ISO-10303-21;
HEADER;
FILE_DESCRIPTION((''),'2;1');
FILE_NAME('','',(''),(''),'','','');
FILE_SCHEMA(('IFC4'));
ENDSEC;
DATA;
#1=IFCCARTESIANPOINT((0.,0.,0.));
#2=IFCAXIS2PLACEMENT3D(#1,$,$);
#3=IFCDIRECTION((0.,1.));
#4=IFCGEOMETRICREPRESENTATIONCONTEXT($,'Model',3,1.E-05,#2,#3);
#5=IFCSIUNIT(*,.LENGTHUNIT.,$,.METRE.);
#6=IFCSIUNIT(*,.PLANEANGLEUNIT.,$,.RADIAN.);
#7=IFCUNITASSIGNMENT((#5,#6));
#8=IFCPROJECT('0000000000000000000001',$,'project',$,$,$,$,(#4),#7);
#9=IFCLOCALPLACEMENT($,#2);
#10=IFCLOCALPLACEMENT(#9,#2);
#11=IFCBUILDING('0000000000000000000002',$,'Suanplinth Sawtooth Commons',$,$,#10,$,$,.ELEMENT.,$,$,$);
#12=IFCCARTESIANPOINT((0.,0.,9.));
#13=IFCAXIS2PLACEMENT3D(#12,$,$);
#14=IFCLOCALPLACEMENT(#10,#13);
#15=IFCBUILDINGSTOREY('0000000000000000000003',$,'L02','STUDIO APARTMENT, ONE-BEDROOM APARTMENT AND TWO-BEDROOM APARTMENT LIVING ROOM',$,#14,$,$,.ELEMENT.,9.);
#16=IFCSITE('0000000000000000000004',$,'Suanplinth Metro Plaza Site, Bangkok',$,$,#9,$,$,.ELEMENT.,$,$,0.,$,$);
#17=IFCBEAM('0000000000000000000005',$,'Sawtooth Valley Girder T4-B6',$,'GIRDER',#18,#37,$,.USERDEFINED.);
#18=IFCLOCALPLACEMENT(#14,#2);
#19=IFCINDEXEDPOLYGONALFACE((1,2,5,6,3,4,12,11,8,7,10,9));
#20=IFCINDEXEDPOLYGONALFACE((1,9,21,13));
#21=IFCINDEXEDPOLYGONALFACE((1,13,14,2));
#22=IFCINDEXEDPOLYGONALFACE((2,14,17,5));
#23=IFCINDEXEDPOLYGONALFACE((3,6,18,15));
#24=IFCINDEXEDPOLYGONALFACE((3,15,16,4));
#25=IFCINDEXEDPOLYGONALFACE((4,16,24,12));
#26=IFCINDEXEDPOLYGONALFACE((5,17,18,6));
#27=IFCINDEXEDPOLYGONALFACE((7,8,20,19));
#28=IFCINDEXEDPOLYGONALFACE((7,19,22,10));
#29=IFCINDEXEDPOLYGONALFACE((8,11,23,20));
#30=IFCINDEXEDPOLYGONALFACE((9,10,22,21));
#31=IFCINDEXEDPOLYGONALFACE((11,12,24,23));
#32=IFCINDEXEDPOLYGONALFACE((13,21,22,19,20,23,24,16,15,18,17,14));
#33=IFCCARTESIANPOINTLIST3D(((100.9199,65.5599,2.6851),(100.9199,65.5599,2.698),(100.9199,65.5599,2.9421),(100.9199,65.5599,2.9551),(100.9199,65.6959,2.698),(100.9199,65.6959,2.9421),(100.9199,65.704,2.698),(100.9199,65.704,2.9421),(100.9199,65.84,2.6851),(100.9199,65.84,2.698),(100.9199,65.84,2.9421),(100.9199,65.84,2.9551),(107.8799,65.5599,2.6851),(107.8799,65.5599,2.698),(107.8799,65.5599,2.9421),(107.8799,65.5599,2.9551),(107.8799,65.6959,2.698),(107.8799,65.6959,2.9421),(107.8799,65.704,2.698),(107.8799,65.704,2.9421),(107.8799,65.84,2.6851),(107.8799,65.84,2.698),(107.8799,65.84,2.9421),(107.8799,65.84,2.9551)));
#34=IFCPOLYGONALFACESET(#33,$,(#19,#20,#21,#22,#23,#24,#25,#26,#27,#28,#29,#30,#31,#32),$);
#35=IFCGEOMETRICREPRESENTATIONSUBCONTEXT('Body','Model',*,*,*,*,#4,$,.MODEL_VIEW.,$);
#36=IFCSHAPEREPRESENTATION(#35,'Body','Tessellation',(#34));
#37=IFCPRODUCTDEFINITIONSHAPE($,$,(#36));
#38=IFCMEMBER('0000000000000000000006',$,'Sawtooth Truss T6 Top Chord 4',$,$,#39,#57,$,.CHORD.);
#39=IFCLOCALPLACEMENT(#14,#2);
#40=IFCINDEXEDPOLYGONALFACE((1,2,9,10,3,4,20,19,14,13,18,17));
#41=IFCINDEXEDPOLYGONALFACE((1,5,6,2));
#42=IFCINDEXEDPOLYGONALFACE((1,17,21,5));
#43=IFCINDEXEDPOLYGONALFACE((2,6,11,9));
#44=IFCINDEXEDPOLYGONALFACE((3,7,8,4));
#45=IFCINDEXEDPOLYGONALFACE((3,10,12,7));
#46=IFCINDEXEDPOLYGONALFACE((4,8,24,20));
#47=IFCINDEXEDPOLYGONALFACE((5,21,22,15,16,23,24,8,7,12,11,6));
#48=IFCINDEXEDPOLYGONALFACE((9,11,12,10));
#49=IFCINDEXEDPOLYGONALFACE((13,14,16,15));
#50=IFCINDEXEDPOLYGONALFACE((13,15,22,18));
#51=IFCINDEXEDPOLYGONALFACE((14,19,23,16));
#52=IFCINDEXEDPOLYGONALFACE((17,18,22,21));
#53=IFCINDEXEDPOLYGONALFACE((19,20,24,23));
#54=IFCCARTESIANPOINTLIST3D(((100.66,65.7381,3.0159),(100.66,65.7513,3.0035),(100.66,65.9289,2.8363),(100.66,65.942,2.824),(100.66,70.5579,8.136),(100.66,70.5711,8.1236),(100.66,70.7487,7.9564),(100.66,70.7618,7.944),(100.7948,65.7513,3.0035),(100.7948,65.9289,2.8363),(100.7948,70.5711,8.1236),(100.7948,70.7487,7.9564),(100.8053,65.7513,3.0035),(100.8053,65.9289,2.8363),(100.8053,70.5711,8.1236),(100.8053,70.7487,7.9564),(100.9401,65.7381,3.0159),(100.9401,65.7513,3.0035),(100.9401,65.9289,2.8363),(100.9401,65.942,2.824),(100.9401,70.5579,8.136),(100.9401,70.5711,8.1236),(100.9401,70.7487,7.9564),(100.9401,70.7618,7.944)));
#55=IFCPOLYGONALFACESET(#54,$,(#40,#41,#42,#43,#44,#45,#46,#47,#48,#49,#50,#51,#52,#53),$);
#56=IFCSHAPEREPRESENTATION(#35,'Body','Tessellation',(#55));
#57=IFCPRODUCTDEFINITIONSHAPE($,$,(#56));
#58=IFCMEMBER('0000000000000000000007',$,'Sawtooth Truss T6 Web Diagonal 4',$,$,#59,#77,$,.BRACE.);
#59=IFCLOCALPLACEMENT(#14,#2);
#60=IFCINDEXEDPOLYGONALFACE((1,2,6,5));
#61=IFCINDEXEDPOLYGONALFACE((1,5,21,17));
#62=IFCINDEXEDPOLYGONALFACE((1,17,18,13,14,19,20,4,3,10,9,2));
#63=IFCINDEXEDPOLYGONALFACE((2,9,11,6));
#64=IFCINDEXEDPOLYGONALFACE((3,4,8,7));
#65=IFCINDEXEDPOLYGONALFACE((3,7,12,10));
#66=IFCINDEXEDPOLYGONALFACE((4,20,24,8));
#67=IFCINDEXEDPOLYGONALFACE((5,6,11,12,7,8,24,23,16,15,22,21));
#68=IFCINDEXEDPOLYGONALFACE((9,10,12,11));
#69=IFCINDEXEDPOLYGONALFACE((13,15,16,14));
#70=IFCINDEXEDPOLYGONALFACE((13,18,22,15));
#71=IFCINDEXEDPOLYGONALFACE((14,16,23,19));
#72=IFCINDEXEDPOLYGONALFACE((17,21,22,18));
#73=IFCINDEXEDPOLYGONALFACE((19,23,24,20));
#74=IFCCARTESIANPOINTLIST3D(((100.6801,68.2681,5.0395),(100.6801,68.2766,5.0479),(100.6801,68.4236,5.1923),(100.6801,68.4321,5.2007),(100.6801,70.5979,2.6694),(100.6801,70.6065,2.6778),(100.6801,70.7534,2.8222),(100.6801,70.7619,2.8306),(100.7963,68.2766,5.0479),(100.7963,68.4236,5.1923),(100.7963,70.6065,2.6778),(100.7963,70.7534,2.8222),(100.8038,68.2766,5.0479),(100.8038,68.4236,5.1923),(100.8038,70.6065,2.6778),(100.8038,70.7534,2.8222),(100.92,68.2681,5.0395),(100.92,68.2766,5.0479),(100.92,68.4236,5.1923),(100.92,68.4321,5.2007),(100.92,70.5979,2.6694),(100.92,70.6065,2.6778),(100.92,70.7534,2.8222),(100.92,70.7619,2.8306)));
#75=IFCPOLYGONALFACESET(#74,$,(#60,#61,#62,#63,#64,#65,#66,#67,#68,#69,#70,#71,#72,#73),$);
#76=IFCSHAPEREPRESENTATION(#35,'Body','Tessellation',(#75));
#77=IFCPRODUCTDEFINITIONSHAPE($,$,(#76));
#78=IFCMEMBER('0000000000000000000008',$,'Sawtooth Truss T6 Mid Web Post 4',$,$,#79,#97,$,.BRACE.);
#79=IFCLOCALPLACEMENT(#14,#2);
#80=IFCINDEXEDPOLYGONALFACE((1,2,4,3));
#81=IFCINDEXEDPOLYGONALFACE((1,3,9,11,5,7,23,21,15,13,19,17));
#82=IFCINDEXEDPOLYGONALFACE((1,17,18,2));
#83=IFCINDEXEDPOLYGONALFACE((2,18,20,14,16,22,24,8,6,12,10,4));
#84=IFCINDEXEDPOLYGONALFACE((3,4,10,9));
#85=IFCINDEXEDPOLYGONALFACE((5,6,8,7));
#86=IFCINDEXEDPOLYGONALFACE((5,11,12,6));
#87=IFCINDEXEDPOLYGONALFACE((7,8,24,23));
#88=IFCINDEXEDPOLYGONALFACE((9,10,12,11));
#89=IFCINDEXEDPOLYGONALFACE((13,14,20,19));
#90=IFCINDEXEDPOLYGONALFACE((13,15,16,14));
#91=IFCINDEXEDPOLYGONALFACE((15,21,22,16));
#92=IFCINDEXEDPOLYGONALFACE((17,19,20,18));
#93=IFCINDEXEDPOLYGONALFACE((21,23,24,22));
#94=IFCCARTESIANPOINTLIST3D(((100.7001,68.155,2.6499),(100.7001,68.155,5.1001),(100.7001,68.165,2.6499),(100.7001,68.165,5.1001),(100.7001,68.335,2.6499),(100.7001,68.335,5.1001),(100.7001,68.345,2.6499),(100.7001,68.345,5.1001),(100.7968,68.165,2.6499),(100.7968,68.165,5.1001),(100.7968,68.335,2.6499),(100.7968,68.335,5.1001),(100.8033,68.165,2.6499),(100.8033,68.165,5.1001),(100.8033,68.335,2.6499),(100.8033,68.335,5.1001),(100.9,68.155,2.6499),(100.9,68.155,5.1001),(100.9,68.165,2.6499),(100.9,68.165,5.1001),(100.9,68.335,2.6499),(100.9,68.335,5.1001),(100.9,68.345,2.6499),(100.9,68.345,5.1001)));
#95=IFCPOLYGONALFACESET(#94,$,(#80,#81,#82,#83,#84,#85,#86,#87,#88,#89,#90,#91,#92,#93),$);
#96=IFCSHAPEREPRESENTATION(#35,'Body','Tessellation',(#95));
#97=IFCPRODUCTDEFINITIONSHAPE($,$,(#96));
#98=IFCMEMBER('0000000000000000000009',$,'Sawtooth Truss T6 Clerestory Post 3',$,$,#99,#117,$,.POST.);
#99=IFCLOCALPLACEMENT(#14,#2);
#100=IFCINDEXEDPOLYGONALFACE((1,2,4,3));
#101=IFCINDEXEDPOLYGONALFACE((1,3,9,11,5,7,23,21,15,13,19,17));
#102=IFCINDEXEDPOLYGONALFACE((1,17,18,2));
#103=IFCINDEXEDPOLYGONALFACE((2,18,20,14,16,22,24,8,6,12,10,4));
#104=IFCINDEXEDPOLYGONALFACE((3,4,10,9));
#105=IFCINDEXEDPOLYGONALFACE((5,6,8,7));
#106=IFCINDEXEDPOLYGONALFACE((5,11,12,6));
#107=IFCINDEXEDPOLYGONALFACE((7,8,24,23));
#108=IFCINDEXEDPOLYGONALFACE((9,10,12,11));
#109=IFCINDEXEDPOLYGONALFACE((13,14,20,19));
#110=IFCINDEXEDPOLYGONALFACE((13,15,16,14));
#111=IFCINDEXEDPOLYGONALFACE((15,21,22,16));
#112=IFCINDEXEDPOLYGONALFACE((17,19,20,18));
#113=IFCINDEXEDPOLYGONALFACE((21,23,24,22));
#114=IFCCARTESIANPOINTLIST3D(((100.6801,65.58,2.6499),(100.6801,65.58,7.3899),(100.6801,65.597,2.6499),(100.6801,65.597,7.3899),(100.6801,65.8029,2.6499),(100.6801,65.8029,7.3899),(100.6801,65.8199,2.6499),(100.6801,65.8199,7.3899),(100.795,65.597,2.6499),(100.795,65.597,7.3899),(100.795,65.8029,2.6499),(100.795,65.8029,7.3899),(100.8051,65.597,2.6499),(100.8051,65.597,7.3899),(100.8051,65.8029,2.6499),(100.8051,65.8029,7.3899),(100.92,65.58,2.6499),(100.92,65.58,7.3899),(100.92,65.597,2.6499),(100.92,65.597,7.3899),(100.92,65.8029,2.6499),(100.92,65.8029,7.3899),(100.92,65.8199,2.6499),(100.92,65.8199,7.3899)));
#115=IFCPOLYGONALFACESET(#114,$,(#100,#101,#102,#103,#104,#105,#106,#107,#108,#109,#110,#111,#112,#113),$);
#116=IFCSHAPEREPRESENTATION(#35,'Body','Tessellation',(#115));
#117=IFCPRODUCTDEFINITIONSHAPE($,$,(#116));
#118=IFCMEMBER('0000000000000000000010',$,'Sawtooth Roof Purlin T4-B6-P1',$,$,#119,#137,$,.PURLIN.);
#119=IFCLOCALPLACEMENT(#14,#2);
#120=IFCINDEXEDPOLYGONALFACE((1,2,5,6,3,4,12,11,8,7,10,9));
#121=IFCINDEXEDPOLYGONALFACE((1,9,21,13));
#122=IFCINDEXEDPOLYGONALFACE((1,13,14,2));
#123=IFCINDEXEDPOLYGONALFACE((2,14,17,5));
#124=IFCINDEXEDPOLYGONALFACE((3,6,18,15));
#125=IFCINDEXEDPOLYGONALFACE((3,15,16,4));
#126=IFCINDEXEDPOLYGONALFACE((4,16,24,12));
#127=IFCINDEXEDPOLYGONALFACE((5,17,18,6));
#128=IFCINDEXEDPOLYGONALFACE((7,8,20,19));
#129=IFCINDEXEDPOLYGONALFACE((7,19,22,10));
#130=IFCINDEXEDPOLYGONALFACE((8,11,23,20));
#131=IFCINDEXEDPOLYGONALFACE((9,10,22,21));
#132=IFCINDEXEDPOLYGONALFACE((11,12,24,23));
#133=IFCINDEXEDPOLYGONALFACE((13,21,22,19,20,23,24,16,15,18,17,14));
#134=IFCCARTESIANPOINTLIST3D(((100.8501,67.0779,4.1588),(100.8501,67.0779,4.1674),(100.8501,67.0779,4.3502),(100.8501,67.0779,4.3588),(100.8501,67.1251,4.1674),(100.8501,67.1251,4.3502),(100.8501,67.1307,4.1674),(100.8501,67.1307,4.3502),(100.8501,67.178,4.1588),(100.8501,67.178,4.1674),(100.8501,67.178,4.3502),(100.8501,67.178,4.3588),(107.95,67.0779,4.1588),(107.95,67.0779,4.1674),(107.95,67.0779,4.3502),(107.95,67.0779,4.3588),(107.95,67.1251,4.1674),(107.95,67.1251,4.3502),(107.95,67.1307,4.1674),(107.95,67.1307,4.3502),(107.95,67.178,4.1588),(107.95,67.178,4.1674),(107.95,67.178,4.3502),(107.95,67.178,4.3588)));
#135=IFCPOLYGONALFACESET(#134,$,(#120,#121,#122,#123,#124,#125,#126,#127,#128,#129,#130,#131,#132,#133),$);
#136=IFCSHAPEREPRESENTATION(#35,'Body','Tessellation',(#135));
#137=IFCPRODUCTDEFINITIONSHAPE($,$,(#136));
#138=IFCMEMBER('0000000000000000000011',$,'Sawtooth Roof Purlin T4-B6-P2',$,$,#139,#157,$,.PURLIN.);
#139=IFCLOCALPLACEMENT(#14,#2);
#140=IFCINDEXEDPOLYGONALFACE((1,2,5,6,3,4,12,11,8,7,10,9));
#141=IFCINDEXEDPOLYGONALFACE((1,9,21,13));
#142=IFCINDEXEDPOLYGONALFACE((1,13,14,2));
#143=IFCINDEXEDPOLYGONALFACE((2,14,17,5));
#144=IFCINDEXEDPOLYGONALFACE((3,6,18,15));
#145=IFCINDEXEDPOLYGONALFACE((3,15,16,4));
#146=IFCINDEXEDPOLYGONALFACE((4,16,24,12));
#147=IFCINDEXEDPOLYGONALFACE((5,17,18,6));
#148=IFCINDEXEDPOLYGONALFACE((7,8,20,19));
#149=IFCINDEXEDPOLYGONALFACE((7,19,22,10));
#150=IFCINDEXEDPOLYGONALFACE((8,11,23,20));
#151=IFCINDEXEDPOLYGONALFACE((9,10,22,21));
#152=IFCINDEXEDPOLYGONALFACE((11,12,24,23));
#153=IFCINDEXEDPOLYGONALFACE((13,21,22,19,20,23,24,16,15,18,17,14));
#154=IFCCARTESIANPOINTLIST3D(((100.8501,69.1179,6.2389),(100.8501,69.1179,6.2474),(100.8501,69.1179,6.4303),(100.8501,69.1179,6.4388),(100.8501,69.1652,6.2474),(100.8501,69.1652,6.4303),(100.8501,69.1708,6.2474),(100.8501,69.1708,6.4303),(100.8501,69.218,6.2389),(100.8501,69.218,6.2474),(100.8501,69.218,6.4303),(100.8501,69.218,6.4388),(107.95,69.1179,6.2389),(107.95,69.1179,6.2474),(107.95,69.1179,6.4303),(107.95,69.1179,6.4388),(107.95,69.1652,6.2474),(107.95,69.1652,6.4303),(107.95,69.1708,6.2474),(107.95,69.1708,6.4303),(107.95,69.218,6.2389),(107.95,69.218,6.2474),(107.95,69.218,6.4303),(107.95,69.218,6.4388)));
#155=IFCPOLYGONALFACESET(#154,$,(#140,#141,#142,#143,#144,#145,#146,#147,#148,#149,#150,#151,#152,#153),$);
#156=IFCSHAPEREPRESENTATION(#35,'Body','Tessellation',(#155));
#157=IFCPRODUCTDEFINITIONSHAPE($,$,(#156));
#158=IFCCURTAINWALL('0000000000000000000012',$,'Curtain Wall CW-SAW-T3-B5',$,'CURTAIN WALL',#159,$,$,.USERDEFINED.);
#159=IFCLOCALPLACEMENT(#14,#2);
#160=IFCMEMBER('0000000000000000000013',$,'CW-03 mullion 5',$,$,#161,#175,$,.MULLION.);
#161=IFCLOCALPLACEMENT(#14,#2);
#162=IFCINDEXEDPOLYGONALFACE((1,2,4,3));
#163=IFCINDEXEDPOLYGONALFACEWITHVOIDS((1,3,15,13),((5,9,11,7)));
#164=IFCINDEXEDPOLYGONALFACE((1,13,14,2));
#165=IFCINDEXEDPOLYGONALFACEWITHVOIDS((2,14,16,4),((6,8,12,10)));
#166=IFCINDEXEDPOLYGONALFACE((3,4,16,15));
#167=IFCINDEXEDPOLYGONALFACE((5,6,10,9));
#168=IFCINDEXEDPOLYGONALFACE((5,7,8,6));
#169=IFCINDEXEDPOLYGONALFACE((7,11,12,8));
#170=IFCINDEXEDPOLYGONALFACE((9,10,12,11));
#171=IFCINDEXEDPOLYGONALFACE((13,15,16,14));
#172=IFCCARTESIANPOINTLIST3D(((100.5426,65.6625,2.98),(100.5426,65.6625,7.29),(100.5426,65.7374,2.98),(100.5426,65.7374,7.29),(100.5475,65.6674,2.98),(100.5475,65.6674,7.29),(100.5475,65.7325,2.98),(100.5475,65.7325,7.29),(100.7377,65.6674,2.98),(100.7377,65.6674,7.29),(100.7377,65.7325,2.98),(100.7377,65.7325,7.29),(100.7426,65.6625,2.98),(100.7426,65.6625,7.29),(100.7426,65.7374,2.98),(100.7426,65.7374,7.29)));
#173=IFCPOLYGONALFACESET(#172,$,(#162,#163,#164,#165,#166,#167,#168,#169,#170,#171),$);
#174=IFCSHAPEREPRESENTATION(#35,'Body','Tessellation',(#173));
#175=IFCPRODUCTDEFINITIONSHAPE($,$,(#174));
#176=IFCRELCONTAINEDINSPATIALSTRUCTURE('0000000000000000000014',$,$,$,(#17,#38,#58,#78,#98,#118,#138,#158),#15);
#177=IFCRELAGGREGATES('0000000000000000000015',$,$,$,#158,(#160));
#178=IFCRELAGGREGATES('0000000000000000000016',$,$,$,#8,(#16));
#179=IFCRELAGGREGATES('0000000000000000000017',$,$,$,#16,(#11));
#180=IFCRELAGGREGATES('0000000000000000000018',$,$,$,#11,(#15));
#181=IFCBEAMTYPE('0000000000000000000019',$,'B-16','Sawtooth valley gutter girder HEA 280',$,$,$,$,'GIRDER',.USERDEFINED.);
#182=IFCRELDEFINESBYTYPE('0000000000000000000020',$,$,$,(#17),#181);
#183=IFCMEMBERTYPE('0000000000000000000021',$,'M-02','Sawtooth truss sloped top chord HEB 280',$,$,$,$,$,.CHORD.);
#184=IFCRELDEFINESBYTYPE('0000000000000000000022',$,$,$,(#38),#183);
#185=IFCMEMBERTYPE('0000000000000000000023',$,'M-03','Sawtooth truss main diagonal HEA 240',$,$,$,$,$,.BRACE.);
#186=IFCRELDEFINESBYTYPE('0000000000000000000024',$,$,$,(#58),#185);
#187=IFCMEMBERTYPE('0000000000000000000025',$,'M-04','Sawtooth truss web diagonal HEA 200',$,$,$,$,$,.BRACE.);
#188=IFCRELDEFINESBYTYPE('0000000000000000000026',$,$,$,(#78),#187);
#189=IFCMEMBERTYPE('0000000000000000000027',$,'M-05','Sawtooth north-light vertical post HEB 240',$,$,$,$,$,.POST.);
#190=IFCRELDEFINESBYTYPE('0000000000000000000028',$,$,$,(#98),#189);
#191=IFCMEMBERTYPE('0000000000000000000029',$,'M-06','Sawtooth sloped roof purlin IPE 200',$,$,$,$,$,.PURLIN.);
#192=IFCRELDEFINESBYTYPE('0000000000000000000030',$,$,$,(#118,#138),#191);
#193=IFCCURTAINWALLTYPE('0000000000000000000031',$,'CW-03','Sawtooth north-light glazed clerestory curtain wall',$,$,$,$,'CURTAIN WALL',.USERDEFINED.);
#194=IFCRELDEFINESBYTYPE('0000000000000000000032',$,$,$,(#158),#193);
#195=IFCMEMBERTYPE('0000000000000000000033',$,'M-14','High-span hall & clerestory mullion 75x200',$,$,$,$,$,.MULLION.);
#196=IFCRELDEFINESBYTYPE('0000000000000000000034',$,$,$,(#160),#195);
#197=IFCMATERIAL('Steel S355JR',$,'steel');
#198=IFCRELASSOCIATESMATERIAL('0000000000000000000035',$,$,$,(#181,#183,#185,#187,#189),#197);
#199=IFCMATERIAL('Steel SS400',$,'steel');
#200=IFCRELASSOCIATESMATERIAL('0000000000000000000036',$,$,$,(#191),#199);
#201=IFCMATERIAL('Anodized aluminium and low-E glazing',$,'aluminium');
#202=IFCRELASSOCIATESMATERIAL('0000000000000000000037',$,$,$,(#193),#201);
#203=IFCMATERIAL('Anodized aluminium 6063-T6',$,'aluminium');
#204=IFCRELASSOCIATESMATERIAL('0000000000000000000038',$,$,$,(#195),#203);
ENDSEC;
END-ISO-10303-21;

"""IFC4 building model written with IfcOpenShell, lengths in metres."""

from ifc_helpers import new_model, si_unit, direction, frame, origin, origin_2d, place, context, subcontext, project, spatial, hollow_rectangle, i_section, extrude, material, material_profile, profile_set, type_object, element, aggregate, save


model = new_model("IFC4")

# Units and contexts
model_context = context("Model", 3, precision=1e-05, world=origin(), true_north=direction((0.0, 1.0)))
body_context = subcontext(model_context, "Body", "Model", "MODEL_VIEW")
ifc_project = project(units=[si_unit("LENGTHUNIT", "METRE"), si_unit("PLANEANGLEUNIT", "RADIAN")], contexts=[model_context])

# Site, building, storey
site_placement = place(None, origin())
site = spatial("IfcSite", under=ifc_project, at=site_placement, Name="Suanplinth Metro Plaza Site, Bangkok", CompositionType="ELEMENT", RefElevation=0.0)
building_placement = place(site_placement, origin())
building = spatial("IfcBuilding", under=site, at=building_placement, Name="Suanplinth Sawtooth Commons", CompositionType="ELEMENT")
storey_placement = place(building_placement, frame((0.0, 0.0, 9.0)))
storey = spatial("IfcBuildingStorey", under=building, at=storey_placement, Name="L02", Description="STUDIO APARTMENT, ONE-BEDROOM APARTMENT AND TWO-BEDROOM APARTMENT LIVING ROOM", CompositionType="ELEMENT", Elevation=9.0)

# Beam
ifc_material_1 = material(Name="Steel S355JR", Category="steel")
ifc_material_profile_1 = material_profile(ifc_material_1, i_section(OverallWidth=0.28, OverallDepth=0.27, WebThickness=0.0081, FlangeThickness=0.0129, at=origin_2d()), Name="HEA 280")
ifc_profile_set_1 = profile_set([ifc_material_profile_1], Name="Steel S355JR")
beam_type = type_object("IfcBeamType", Name="B-16", Description="Sawtooth valley gutter girder HEA 280", ElementType="GIRDER", PredefinedType="USERDEFINED", material=ifc_profile_set_1)
beam_placement = place(storey_placement, frame((100.9199, 65.7, 2.8201), z_axis=(1.0, 0.0, 0.0), x_axis=(0.0, 1.0, 0.0)))
element("IfcBeam", 1, at=beam_placement, inside=storey, type_object=beam_type, Name="Sawtooth Valley Girder T4-B6", ObjectType="GIRDER", PredefinedType="USERDEFINED", context=body_context, shape_type="SweptSolid", body=[
    extrude(i_section(OverallWidth=0.28, OverallDepth=0.27, WebThickness=0.0081, FlangeThickness=0.0129, at=origin_2d()), origin(), (0.0, 0.0, 1.0), 6.96),
])

# Members
ifc_material_profile_2 = material_profile(ifc_material_1, i_section(OverallWidth=0.28, OverallDepth=0.28, WebThickness=0.0105, FlangeThickness=0.0181, at=origin_2d()), Name="HEB 280")
ifc_profile_set_2 = profile_set([ifc_material_profile_2], Name="Steel S355JR")
member_type_1 = type_object("IfcMemberType", Name="M-02", Description="Sawtooth truss sloped top chord HEB 280", PredefinedType="CHORD", material=ifc_profile_set_2)
member_1_placement = place(storey_placement, frame((100.8, 65.8401, 2.9199), z_axis=(0.0, 0.685432, 0.728137), x_axis=(-1.0, 0.0, 0.0)))
element("IfcMember", 2, at=member_1_placement, inside=storey, type_object=member_type_1, Name="Sawtooth Truss T6 Top Chord 4", PredefinedType="CHORD", context=body_context, shape_type="SweptSolid", body=[
    extrude(i_section(OverallWidth=0.28, OverallDepth=0.28, WebThickness=0.0105, FlangeThickness=0.0181, at=origin_2d()), origin(), (0.0, 0.0, 1.0), 7.0317),
])
ifc_material_profile_3 = material_profile(ifc_material_1, i_section(OverallWidth=0.24, OverallDepth=0.23, WebThickness=0.0076, FlangeThickness=0.012, at=origin_2d()), Name="HEA 240")
ifc_profile_set_3 = profile_set([ifc_material_profile_3], Name="Steel S355JR")
member_type_2 = type_object("IfcMemberType", Name="M-03", Description="Sawtooth truss main diagonal HEA 240", PredefinedType="BRACE", material=ifc_profile_set_3)
member_2_placement = place(storey_placement, frame((100.8, 68.3501, 5.1201), z_axis=(0.0, 0.70102, -0.713141), x_axis=(-1.0, 0.0, 0.0)))
element("IfcMember", 3, at=member_2_placement, inside=storey, type_object=member_type_2, Name="Sawtooth Truss T6 Web Diagonal 4", PredefinedType="BRACE", context=body_context, shape_type="SweptSolid", body=[
    extrude(i_section(OverallWidth=0.24, OverallDepth=0.23, WebThickness=0.0076, FlangeThickness=0.012, at=origin_2d()), origin(), (0.0, 0.0, 1.0), 3.3235),
])
ifc_material_profile_4 = material_profile(ifc_material_1, i_section(OverallWidth=0.2, OverallDepth=0.1899, WebThickness=0.0066, FlangeThickness=0.01, at=origin_2d()), Name="HEA 200")
ifc_profile_set_4 = profile_set([ifc_material_profile_4], Name="Steel S355JR")
member_type_3 = type_object("IfcMemberType", Name="M-04", Description="Sawtooth truss web diagonal HEA 200", PredefinedType="BRACE", material=ifc_profile_set_4)
member_3_placement = place(storey_placement, frame((100.8, 68.25, 2.6499), z_axis=(0.0, 0.0, 1.0), x_axis=(1.0, 0.0, 0.0)))
element("IfcMember", 4, at=member_3_placement, inside=storey, type_object=member_type_3, Name="Sawtooth Truss T6 Mid Web Post 4", PredefinedType="BRACE", context=body_context, shape_type="SweptSolid", body=[
    extrude(i_section(OverallWidth=0.2, OverallDepth=0.1899, WebThickness=0.0066, FlangeThickness=0.01, at=origin_2d()), origin(), (0.0, 0.0, 1.0), 2.4502),
])
ifc_material_profile_5 = material_profile(ifc_material_1, i_section(OverallWidth=0.24, OverallDepth=0.24, WebThickness=0.01, FlangeThickness=0.0171, at=origin_2d()), Name="HEB 240")
ifc_profile_set_5 = profile_set([ifc_material_profile_5], Name="Steel S355JR")
member_type_4 = type_object("IfcMemberType", Name="M-05", Description="Sawtooth north-light vertical post HEB 240", PredefinedType="POST", material=ifc_profile_set_5)
member_4_placement = place(storey_placement, frame((100.8, 65.7, 2.6499), z_axis=(0.0, 0.0, 1.0), x_axis=(1.0, 0.0, 0.0)))
element("IfcMember", 5, at=member_4_placement, inside=storey, type_object=member_type_4, Name="Sawtooth Truss T6 Clerestory Post 3", PredefinedType="POST", context=body_context, shape_type="SweptSolid", body=[
    extrude(i_section(OverallWidth=0.24, OverallDepth=0.24, WebThickness=0.01, FlangeThickness=0.0171, at=origin_2d()), origin(), (0.0, 0.0, 1.0), 4.74),
])
ifc_material_2 = material(Name="Steel SS400", Category="steel")
ifc_material_profile_6 = material_profile(ifc_material_2, i_section(OverallWidth=0.1001, OverallDepth=0.2, WebThickness=0.0056, FlangeThickness=0.0085, at=origin_2d()), Name="IPE 200")
ifc_profile_set_6 = profile_set([ifc_material_profile_6], Name="Steel SS400")
member_type_5 = type_object("IfcMemberType", Name="M-06", Description="Sawtooth sloped roof purlin IPE 200", PredefinedType="PURLIN", material=ifc_profile_set_6)
for number, where, z_axis, x_axis, name in (
    (6, (100.8501, 67.1279, 4.2588), (1.0, 0.0, 0.0), (0.0, 1.0, 0.0), "Sawtooth Roof Purlin T4-B6-P1"),
    (7, (100.8501, 69.168, 6.3389), (1.0, 0.0, 0.0), (0.0, 1.0, 0.0), "Sawtooth Roof Purlin T4-B6-P2"),
):
    element("IfcMember", number, at=place(storey_placement, frame(where, z_axis=z_axis, x_axis=x_axis)), inside=storey, type_object=member_type_5, Name=name, PredefinedType="PURLIN", context=body_context, shape_type="SweptSolid", body=[
        extrude(i_section(OverallWidth=0.1001, OverallDepth=0.2, WebThickness=0.0056, FlangeThickness=0.0085, at=origin_2d()), origin(), (0.0, 0.0, 1.0), 7.0999),
    ])

# Curtain wall, member
ifc_material_3 = material(Name="Anodized aluminium and low-E glazing", Category="aluminium")
curtain_wall_type = type_object("IfcCurtainWallType", Name="CW-03", Description="Sawtooth north-light glazed clerestory curtain wall", ElementType="CURTAIN WALL", PredefinedType="USERDEFINED", material=ifc_material_3)
curtain_wall_1_placement = place(storey_placement, origin())
curtain_wall_1 = element("IfcCurtainWall", 8, at=curtain_wall_1_placement, inside=storey, type_object=curtain_wall_type, Name="Curtain Wall CW-SAW-T3-B5", ObjectType="CURTAIN WALL", PredefinedType="USERDEFINED")
ifc_material_4 = material(Name="Anodized aluminium 6063-T6", Category="aluminium")
ifc_material_profile_7 = material_profile(ifc_material_4, hollow_rectangle(XDim=0.075, YDim=0.2, WallThickness=0.0049, at=origin_2d()), Name="ALU-MUL 75x200")
ifc_profile_set_7 = profile_set([ifc_material_profile_7], Name="Anodized aluminium 6063-T6")
member_type_6 = type_object("IfcMemberType", Name="M-14", Description="High-span hall & clerestory mullion 75x200", PredefinedType="MULLION", material=ifc_profile_set_7)
member_5_placement = place(storey_placement, frame((100.6426, 65.7, 2.98), z_axis=(0.0, 0.0, 1.0), x_axis=(0.0, 1.0, 0.0)))
member_5 = element("IfcMember", 9, at=member_5_placement, type_object=member_type_6, Name="CW-03 mullion 5", PredefinedType="MULLION", context=body_context, shape_type="SweptSolid", body=[
    extrude(hollow_rectangle(XDim=0.075, YDim=0.2, WallThickness=0.0049, at=origin_2d()), origin(), (0.0, 0.0, 1.0), 4.3101),
])
aggregate(curtain_wall_1, [member_5])

save(model, "model.ifc")
